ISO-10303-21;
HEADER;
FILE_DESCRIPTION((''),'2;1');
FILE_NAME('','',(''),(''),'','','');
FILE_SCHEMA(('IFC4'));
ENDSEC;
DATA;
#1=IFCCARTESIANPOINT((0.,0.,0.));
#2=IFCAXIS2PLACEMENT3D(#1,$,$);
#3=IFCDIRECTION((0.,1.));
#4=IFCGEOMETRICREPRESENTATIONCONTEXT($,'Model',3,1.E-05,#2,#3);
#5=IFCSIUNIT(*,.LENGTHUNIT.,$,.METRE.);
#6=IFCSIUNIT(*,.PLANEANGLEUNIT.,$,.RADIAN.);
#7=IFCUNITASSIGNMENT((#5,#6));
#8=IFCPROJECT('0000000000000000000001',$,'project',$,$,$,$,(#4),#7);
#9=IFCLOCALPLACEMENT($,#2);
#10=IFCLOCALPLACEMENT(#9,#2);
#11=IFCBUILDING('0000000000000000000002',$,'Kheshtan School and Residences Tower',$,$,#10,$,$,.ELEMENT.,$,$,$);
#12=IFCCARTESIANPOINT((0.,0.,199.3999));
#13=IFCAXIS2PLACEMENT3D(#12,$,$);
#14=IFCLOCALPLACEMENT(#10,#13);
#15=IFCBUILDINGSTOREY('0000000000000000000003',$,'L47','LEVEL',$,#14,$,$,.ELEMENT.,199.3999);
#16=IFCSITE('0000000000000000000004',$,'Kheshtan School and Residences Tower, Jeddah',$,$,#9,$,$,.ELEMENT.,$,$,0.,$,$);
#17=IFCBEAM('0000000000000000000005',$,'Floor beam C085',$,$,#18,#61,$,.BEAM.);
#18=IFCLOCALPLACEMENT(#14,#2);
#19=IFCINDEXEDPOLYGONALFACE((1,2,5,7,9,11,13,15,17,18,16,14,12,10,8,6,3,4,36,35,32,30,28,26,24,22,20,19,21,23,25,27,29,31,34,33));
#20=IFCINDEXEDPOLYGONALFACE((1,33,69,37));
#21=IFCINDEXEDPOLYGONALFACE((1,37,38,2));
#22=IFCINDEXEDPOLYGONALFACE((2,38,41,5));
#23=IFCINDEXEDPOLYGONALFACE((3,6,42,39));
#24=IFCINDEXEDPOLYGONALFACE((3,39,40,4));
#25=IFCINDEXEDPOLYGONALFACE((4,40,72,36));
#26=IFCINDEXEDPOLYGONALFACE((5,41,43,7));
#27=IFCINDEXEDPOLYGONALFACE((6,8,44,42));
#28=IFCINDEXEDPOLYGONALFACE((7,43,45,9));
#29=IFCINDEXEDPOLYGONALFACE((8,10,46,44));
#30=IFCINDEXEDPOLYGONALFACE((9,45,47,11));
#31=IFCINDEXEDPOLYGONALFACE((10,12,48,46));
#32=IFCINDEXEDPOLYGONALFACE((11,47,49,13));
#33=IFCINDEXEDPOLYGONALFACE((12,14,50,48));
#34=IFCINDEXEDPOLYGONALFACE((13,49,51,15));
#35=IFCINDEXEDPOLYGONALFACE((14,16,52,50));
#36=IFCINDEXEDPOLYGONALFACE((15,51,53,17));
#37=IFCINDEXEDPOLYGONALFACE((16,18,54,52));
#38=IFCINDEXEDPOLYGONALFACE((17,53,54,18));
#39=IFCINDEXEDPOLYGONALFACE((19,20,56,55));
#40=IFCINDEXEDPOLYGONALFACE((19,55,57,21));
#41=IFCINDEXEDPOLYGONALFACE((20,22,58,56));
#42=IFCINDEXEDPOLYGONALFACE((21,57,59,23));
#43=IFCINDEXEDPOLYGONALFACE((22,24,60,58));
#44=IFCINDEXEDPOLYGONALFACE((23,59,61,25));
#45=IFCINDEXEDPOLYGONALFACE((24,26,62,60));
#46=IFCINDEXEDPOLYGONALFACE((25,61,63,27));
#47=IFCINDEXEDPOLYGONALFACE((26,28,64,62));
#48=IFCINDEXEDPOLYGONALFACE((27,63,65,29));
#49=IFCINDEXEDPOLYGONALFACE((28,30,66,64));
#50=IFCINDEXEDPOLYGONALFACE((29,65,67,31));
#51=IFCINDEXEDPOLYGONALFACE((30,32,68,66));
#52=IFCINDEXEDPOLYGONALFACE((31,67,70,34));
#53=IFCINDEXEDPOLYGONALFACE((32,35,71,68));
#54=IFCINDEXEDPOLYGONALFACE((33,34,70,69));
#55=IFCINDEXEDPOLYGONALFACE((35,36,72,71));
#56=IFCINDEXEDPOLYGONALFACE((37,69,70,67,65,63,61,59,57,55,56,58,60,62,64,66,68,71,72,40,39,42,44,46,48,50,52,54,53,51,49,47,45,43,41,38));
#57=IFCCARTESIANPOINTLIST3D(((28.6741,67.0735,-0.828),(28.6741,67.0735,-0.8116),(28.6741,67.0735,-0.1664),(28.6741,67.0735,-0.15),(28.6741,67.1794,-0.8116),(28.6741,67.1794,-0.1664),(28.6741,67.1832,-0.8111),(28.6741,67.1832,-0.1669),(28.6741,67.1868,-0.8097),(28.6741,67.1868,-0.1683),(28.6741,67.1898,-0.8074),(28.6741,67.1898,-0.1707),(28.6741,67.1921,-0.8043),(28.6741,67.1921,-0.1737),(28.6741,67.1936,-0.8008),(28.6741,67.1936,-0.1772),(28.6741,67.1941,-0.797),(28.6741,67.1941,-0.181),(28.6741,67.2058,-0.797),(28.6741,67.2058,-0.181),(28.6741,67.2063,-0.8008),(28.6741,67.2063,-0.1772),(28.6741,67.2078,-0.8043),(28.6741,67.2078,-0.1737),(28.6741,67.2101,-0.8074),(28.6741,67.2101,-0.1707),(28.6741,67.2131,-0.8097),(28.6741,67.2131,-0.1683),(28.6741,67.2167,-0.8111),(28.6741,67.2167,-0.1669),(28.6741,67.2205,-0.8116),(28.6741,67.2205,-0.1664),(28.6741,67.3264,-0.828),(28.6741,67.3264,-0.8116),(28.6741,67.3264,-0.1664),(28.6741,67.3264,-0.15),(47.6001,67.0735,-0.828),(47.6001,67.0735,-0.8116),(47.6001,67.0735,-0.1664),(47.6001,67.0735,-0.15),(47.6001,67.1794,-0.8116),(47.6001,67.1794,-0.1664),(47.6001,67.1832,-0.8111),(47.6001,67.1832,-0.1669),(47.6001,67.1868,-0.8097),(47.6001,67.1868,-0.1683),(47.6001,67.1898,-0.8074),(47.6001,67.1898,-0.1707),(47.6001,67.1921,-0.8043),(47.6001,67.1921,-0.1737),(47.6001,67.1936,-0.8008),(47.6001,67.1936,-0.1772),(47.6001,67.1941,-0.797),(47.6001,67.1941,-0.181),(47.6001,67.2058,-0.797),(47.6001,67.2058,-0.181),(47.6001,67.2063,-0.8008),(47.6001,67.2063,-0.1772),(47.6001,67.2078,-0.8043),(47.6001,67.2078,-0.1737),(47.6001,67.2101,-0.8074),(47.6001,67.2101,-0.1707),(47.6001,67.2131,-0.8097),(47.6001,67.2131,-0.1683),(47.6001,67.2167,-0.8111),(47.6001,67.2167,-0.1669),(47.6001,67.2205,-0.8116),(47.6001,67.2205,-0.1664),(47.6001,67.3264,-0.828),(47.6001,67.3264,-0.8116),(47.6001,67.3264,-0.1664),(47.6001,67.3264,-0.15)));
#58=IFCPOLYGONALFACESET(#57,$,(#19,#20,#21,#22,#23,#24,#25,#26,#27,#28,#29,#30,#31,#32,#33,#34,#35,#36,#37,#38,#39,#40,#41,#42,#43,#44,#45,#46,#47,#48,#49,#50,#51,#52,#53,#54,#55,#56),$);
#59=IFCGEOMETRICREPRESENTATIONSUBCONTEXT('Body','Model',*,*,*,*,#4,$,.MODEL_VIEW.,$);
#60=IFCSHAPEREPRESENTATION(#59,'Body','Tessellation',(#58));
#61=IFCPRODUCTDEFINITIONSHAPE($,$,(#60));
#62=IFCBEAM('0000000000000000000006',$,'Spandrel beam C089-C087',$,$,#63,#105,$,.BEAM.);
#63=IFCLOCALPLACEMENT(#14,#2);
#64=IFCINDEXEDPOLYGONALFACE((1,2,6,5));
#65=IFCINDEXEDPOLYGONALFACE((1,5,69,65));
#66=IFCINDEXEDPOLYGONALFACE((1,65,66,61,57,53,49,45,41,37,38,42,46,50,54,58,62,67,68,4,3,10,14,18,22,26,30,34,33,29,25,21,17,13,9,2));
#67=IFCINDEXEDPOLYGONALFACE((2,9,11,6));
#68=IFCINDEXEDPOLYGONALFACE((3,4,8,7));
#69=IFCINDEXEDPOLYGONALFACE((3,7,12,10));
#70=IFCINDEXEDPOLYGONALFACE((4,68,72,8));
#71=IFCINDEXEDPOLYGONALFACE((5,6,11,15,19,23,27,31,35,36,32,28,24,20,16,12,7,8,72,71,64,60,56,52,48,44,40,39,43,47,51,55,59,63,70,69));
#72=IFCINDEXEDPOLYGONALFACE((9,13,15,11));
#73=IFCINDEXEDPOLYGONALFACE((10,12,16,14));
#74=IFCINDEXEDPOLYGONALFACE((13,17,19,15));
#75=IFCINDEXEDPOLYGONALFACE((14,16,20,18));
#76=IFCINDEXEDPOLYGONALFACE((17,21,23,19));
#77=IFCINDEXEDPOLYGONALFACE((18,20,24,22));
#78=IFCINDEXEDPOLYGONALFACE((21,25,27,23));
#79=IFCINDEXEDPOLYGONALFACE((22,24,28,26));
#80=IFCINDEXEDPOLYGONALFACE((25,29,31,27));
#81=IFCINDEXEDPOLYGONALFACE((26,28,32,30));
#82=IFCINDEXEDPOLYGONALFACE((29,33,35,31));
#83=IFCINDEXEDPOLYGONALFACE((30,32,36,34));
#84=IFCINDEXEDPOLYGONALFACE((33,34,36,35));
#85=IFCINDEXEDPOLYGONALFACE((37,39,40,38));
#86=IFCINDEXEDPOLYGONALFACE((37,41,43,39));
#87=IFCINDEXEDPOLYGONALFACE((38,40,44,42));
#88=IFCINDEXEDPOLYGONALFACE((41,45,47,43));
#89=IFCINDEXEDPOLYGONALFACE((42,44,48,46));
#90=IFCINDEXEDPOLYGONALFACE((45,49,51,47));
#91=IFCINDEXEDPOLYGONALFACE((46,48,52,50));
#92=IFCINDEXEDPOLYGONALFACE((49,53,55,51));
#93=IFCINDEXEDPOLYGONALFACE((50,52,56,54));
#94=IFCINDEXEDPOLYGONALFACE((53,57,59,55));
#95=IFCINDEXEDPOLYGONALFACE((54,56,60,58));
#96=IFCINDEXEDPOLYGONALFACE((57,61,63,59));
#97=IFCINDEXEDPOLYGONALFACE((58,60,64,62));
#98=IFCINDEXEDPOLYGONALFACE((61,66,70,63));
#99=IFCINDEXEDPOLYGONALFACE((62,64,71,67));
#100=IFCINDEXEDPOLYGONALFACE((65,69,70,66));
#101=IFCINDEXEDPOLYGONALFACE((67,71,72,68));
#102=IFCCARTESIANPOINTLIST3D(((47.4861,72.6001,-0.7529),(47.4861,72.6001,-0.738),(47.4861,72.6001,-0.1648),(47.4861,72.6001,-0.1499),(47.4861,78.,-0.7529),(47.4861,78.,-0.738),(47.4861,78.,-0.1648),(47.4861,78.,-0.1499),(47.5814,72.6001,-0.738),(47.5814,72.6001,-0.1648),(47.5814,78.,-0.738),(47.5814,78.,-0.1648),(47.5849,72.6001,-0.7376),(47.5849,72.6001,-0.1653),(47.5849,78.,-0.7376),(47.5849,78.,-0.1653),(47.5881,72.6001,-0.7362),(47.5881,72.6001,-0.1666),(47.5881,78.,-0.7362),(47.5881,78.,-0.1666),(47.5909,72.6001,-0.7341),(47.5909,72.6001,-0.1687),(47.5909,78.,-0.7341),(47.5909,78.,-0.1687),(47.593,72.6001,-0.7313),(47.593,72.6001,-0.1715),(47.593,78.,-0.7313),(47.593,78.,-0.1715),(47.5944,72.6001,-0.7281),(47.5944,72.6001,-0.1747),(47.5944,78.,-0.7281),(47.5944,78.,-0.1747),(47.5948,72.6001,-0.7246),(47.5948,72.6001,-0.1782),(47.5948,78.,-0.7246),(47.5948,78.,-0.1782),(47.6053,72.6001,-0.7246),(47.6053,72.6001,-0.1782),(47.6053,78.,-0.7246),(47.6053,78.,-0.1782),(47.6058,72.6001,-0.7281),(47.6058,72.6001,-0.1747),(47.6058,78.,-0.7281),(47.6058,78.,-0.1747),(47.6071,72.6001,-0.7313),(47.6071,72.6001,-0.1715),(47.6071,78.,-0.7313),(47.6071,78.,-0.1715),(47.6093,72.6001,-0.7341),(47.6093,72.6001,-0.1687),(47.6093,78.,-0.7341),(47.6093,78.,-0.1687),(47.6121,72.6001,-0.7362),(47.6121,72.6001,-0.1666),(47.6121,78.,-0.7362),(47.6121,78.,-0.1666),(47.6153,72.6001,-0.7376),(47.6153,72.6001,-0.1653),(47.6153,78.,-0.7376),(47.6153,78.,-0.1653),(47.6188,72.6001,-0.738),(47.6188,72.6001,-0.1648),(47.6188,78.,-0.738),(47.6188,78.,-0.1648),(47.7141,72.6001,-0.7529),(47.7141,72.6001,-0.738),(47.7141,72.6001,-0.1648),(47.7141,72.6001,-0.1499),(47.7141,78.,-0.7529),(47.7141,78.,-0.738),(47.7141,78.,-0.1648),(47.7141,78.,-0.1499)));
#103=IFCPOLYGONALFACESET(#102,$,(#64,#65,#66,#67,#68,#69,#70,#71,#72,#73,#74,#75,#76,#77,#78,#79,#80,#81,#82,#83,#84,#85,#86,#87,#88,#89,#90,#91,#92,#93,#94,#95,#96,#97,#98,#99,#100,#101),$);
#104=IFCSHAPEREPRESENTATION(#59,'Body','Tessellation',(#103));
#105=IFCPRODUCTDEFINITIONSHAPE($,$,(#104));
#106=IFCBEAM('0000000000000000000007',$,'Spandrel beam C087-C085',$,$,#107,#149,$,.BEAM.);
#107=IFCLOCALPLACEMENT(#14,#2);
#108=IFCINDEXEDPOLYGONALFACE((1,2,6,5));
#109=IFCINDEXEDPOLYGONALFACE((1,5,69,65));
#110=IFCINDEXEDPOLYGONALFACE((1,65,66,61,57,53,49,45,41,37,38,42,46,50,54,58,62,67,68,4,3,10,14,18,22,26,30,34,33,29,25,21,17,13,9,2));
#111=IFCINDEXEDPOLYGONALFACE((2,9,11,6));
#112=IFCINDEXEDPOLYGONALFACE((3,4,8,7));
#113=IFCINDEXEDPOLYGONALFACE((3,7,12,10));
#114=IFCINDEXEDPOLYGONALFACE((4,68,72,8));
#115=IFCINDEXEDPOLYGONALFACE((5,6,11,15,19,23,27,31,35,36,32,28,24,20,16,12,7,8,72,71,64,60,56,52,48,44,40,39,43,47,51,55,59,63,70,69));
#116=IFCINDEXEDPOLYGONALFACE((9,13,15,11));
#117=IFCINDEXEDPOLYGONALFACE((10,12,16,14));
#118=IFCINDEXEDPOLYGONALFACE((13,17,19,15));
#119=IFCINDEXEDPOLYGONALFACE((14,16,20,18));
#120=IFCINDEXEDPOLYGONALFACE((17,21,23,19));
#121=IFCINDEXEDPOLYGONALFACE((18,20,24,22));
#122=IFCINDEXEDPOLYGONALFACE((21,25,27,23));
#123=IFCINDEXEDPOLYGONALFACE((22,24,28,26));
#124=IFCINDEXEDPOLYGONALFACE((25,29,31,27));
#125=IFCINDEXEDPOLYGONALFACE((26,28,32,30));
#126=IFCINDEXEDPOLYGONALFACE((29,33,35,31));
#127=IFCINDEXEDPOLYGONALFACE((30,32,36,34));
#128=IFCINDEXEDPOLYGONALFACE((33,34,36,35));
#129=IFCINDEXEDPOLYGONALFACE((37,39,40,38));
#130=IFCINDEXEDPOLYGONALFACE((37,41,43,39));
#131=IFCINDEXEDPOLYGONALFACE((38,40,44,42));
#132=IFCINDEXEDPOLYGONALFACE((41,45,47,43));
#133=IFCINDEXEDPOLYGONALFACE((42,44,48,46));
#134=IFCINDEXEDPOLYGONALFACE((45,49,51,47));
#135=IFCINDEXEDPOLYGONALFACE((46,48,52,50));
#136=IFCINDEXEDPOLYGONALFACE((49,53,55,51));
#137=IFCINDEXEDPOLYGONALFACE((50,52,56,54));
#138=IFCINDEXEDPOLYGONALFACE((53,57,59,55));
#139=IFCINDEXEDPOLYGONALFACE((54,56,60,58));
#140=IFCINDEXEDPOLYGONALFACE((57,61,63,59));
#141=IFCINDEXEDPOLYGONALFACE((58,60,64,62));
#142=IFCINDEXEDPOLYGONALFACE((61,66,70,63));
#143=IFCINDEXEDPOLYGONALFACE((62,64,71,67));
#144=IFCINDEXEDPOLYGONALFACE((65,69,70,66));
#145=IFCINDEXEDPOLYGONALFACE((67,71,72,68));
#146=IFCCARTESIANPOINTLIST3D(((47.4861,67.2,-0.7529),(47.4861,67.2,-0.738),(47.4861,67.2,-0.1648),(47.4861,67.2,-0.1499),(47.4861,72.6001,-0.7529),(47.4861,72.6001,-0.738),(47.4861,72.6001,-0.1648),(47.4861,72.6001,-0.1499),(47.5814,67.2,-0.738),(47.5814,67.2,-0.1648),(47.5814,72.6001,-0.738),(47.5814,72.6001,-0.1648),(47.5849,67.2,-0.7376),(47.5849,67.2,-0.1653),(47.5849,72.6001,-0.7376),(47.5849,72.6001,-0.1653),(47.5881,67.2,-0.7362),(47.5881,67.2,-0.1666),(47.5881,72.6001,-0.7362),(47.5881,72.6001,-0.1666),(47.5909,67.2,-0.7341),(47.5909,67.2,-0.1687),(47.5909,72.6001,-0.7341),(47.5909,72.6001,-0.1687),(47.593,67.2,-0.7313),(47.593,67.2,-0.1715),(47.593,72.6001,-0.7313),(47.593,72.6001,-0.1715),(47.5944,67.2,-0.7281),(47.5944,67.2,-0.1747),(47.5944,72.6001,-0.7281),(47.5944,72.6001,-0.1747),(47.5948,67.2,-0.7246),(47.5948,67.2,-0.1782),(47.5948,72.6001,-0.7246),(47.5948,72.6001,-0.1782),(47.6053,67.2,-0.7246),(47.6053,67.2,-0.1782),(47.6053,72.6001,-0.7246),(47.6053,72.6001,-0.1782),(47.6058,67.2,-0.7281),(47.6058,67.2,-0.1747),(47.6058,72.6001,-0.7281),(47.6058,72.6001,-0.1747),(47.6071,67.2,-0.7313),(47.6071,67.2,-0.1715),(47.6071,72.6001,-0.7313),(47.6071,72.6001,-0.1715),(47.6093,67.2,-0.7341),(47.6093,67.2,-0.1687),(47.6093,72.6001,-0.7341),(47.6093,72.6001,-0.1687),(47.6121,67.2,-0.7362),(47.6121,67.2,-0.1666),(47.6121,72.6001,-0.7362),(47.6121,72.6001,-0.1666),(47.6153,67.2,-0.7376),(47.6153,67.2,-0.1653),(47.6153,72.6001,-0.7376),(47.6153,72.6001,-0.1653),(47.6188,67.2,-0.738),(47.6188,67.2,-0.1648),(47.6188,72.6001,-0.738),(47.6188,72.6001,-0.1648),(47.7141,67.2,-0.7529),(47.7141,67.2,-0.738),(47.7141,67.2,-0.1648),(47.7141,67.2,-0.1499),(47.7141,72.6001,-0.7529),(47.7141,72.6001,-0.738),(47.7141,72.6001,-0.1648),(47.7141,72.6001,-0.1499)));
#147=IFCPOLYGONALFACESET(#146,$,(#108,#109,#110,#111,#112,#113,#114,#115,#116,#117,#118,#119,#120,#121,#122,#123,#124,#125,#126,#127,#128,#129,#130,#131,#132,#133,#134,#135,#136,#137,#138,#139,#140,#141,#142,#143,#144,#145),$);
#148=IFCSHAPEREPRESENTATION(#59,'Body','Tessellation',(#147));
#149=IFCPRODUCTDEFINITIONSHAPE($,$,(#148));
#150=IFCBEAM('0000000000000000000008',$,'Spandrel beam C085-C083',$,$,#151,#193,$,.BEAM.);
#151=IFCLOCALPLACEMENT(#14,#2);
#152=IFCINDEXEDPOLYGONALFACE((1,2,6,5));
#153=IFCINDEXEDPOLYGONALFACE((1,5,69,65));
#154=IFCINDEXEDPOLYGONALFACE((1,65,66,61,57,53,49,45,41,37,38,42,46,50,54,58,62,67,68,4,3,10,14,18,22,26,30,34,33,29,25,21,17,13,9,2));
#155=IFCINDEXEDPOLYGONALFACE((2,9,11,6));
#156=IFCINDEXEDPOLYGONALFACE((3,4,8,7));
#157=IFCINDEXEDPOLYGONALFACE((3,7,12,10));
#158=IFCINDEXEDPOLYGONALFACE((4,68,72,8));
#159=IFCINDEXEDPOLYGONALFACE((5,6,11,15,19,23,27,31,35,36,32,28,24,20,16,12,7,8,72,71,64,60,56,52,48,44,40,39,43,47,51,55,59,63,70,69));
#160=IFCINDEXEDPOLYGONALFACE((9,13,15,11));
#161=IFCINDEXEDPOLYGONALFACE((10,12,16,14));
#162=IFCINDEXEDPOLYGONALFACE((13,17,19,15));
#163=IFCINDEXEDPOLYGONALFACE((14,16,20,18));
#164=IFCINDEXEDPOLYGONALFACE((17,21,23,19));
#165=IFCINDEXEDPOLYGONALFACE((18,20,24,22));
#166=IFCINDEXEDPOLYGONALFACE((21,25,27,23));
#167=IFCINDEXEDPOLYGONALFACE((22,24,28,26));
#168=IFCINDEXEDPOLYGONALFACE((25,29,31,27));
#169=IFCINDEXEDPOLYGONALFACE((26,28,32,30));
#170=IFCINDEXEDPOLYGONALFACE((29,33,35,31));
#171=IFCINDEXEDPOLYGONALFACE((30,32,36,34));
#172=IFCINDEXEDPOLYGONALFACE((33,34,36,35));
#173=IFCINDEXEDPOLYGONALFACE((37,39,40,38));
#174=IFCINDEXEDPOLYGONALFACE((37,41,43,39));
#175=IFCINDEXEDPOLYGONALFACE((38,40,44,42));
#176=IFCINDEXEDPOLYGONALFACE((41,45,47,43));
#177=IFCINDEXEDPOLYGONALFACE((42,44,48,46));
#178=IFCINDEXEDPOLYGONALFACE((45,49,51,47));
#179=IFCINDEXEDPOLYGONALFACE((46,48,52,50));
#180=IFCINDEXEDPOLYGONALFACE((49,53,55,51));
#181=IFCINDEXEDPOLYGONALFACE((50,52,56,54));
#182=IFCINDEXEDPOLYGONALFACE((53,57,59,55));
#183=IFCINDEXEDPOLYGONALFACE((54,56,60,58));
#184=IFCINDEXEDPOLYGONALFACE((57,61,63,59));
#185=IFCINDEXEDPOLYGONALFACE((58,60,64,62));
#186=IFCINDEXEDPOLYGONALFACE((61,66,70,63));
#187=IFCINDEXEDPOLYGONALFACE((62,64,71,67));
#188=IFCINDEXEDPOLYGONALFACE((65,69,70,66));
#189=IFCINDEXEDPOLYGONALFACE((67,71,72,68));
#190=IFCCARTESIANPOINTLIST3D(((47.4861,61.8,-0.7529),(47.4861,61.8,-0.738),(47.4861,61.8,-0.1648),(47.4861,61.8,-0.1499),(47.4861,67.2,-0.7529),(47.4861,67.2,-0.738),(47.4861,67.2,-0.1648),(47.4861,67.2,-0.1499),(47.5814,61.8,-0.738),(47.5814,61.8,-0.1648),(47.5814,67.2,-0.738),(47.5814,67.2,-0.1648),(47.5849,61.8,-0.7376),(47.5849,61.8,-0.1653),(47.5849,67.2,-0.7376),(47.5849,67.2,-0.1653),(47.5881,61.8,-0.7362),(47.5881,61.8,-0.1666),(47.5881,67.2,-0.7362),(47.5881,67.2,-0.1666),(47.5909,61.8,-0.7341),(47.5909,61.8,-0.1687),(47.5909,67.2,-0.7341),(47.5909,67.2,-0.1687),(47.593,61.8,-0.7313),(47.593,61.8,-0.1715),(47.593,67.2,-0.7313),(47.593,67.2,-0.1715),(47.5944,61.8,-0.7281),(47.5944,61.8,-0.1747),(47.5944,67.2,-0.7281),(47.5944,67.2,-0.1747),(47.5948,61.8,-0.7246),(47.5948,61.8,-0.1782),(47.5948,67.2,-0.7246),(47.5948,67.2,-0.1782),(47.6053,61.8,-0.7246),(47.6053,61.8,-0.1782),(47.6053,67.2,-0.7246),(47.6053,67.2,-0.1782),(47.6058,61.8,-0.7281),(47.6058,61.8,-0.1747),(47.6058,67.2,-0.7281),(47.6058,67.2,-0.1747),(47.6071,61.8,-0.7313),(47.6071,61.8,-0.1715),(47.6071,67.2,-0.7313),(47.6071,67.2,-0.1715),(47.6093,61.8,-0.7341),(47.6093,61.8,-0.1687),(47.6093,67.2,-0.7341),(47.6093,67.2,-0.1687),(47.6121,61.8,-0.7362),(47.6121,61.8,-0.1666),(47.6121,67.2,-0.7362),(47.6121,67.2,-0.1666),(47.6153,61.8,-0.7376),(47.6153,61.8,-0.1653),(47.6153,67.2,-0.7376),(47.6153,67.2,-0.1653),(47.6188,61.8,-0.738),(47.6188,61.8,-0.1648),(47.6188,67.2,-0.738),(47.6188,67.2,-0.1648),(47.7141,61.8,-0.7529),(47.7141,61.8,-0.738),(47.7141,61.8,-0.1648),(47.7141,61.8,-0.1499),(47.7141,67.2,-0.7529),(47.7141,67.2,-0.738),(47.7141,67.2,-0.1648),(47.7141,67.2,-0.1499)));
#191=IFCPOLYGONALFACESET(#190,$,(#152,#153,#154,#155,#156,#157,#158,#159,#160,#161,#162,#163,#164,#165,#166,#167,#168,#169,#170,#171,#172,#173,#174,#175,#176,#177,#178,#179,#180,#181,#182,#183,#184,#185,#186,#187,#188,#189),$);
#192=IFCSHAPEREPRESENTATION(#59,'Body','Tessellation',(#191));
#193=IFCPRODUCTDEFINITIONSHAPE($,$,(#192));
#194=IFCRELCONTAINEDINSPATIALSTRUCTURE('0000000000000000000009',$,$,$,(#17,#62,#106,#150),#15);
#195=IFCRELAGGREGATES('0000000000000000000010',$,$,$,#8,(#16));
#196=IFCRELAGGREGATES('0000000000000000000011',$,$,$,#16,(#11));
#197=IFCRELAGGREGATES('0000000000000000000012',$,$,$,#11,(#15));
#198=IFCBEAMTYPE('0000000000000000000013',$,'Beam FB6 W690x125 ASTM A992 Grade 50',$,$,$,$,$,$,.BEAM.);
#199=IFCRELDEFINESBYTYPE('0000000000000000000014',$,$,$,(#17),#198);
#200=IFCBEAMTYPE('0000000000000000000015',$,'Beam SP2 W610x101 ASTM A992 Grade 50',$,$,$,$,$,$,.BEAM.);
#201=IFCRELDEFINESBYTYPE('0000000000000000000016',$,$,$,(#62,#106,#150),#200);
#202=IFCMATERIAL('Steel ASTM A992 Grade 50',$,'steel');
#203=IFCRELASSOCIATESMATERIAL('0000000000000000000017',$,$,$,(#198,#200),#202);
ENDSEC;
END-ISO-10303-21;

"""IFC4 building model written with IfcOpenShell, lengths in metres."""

from ifc_helpers import new_model, si_unit, direction, frame, origin, origin_2d, place, context, subcontext, project, spatial, i_section, extrude, material, material_profile, profile_set, type_object, element, save


model = new_model("IFC4")

# Units and contexts
model_context = context("Model", 3, precision=1e-05, world=origin(), true_north=direction((0.0, 1.0)))
body_context = subcontext(model_context, "Body", "Model", "MODEL_VIEW")
ifc_project = project(units=[si_unit("LENGTHUNIT", "METRE"), si_unit("PLANEANGLEUNIT", "RADIAN")], contexts=[model_context])

# Site, building, storey
site_placement = place(None, origin())
site = spatial("IfcSite", under=ifc_project, at=site_placement, Name="Kheshtan School and Residences Tower, Jeddah", CompositionType="ELEMENT", RefElevation=0.0)
building_placement = place(site_placement, origin())
building = spatial("IfcBuilding", under=site, at=building_placement, Name="Kheshtan School and Residences Tower", CompositionType="ELEMENT")
storey_placement = place(building_placement, frame((0.0, 0.0, 199.3999)))
storey = spatial("IfcBuildingStorey", under=building, at=storey_placement, Name="L47", Description="LEVEL", CompositionType="ELEMENT", Elevation=199.3999)

# Shared definitions
ifc_material_1 = material(Name="Steel ASTM A992 Grade 50", Category="steel")

# Beams
ifc_material_profile_1 = material_profile(ifc_material_1, i_section(OverallWidth=0.2529, OverallDepth=0.678, WebThickness=0.0117, FlangeThickness=0.0164, FilletRadius=0.0146, at=origin_2d()), Name="W690x125")
ifc_profile_set_1 = profile_set([ifc_material_profile_1], Name="Steel ASTM A992 Grade 50")
beam_type_1 = type_object("IfcBeamType", Name="Beam FB6 W690x125 ASTM A992 Grade 50", PredefinedType="BEAM", material=ifc_profile_set_1)
beam_1_placement = place(storey_placement, frame((47.6001, 67.2, -0.489), z_axis=(-1.0, 0.0, 0.0), x_axis=(0.0, -1.0, 0.0)))
element("IfcBeam", 1, at=beam_1_placement, inside=storey, type_object=beam_type_1, Name="Floor beam C085", PredefinedType="BEAM", context=body_context, shape_type="SweptSolid", body=[
    extrude(i_section(OverallWidth=0.2529, OverallDepth=0.678, WebThickness=0.0117, FlangeThickness=0.0164, FilletRadius=0.0146, at=origin_2d()), origin(), (0.0, 0.0, 1.0), 18.926),
])
ifc_material_profile_2 = material_profile(ifc_material_1, i_section(OverallWidth=0.228, OverallDepth=0.603, WebThickness=0.0105, FlangeThickness=0.0149, FilletRadius=0.0134, at=origin_2d()), Name="W610x101")
ifc_profile_set_2 = profile_set([ifc_material_profile_2], Name="Steel ASTM A992 Grade 50")
beam_type_2 = type_object("IfcBeamType", Name="Beam SP2 W610x101 ASTM A992 Grade 50", PredefinedType="BEAM", material=ifc_profile_set_2)
beam_2_placement = place(storey_placement, frame((47.6001, 78.0, -0.4514), z_axis=(0.0, -1.0, 0.0), x_axis=(1.0, 0.0, 0.0)))
element("IfcBeam", 2, at=beam_2_placement, inside=storey, type_object=beam_type_2, Name="Spandrel beam C089-C087", PredefinedType="BEAM", context=body_context, shape_type="SweptSolid", body=[
    extrude(i_section(OverallWidth=0.228, OverallDepth=0.603, WebThickness=0.0105, FlangeThickness=0.0149, FilletRadius=0.0134, at=origin_2d()), origin(), (0.0, 0.0, 1.0), 5.3999),
])
beam_3_placement = place(storey_placement, frame((47.6001, 72.6001, -0.4514), z_axis=(0.0, -1.0, 0.0), x_axis=(1.0, 0.0, 0.0)))
element("IfcBeam", 3, at=beam_3_placement, inside=storey, type_object=beam_type_2, Name="Spandrel beam C087-C085", PredefinedType="BEAM", context=body_context, shape_type="SweptSolid", body=[
    extrude(i_section(OverallWidth=0.228, OverallDepth=0.603, WebThickness=0.0105, FlangeThickness=0.0149, FilletRadius=0.0134, at=origin_2d()), origin(), (0.0, 0.0, 1.0), 5.4001),
])
beam_4_placement = place(storey_placement, frame((47.6001, 67.2, -0.4514), z_axis=(0.0, -1.0, 0.0), x_axis=(1.0, 0.0, 0.0)))
element("IfcBeam", 4, at=beam_4_placement, inside=storey, type_object=beam_type_2, Name="Spandrel beam C085-C083", PredefinedType="BEAM", context=body_context, shape_type="SweptSolid", body=[
    extrude(i_section(OverallWidth=0.228, OverallDepth=0.603, WebThickness=0.0105, FlangeThickness=0.0149, FilletRadius=0.0134, at=origin_2d()), origin(), (0.0, 0.0, 1.0), 5.3999),
])

save(model, "model.ifc")
